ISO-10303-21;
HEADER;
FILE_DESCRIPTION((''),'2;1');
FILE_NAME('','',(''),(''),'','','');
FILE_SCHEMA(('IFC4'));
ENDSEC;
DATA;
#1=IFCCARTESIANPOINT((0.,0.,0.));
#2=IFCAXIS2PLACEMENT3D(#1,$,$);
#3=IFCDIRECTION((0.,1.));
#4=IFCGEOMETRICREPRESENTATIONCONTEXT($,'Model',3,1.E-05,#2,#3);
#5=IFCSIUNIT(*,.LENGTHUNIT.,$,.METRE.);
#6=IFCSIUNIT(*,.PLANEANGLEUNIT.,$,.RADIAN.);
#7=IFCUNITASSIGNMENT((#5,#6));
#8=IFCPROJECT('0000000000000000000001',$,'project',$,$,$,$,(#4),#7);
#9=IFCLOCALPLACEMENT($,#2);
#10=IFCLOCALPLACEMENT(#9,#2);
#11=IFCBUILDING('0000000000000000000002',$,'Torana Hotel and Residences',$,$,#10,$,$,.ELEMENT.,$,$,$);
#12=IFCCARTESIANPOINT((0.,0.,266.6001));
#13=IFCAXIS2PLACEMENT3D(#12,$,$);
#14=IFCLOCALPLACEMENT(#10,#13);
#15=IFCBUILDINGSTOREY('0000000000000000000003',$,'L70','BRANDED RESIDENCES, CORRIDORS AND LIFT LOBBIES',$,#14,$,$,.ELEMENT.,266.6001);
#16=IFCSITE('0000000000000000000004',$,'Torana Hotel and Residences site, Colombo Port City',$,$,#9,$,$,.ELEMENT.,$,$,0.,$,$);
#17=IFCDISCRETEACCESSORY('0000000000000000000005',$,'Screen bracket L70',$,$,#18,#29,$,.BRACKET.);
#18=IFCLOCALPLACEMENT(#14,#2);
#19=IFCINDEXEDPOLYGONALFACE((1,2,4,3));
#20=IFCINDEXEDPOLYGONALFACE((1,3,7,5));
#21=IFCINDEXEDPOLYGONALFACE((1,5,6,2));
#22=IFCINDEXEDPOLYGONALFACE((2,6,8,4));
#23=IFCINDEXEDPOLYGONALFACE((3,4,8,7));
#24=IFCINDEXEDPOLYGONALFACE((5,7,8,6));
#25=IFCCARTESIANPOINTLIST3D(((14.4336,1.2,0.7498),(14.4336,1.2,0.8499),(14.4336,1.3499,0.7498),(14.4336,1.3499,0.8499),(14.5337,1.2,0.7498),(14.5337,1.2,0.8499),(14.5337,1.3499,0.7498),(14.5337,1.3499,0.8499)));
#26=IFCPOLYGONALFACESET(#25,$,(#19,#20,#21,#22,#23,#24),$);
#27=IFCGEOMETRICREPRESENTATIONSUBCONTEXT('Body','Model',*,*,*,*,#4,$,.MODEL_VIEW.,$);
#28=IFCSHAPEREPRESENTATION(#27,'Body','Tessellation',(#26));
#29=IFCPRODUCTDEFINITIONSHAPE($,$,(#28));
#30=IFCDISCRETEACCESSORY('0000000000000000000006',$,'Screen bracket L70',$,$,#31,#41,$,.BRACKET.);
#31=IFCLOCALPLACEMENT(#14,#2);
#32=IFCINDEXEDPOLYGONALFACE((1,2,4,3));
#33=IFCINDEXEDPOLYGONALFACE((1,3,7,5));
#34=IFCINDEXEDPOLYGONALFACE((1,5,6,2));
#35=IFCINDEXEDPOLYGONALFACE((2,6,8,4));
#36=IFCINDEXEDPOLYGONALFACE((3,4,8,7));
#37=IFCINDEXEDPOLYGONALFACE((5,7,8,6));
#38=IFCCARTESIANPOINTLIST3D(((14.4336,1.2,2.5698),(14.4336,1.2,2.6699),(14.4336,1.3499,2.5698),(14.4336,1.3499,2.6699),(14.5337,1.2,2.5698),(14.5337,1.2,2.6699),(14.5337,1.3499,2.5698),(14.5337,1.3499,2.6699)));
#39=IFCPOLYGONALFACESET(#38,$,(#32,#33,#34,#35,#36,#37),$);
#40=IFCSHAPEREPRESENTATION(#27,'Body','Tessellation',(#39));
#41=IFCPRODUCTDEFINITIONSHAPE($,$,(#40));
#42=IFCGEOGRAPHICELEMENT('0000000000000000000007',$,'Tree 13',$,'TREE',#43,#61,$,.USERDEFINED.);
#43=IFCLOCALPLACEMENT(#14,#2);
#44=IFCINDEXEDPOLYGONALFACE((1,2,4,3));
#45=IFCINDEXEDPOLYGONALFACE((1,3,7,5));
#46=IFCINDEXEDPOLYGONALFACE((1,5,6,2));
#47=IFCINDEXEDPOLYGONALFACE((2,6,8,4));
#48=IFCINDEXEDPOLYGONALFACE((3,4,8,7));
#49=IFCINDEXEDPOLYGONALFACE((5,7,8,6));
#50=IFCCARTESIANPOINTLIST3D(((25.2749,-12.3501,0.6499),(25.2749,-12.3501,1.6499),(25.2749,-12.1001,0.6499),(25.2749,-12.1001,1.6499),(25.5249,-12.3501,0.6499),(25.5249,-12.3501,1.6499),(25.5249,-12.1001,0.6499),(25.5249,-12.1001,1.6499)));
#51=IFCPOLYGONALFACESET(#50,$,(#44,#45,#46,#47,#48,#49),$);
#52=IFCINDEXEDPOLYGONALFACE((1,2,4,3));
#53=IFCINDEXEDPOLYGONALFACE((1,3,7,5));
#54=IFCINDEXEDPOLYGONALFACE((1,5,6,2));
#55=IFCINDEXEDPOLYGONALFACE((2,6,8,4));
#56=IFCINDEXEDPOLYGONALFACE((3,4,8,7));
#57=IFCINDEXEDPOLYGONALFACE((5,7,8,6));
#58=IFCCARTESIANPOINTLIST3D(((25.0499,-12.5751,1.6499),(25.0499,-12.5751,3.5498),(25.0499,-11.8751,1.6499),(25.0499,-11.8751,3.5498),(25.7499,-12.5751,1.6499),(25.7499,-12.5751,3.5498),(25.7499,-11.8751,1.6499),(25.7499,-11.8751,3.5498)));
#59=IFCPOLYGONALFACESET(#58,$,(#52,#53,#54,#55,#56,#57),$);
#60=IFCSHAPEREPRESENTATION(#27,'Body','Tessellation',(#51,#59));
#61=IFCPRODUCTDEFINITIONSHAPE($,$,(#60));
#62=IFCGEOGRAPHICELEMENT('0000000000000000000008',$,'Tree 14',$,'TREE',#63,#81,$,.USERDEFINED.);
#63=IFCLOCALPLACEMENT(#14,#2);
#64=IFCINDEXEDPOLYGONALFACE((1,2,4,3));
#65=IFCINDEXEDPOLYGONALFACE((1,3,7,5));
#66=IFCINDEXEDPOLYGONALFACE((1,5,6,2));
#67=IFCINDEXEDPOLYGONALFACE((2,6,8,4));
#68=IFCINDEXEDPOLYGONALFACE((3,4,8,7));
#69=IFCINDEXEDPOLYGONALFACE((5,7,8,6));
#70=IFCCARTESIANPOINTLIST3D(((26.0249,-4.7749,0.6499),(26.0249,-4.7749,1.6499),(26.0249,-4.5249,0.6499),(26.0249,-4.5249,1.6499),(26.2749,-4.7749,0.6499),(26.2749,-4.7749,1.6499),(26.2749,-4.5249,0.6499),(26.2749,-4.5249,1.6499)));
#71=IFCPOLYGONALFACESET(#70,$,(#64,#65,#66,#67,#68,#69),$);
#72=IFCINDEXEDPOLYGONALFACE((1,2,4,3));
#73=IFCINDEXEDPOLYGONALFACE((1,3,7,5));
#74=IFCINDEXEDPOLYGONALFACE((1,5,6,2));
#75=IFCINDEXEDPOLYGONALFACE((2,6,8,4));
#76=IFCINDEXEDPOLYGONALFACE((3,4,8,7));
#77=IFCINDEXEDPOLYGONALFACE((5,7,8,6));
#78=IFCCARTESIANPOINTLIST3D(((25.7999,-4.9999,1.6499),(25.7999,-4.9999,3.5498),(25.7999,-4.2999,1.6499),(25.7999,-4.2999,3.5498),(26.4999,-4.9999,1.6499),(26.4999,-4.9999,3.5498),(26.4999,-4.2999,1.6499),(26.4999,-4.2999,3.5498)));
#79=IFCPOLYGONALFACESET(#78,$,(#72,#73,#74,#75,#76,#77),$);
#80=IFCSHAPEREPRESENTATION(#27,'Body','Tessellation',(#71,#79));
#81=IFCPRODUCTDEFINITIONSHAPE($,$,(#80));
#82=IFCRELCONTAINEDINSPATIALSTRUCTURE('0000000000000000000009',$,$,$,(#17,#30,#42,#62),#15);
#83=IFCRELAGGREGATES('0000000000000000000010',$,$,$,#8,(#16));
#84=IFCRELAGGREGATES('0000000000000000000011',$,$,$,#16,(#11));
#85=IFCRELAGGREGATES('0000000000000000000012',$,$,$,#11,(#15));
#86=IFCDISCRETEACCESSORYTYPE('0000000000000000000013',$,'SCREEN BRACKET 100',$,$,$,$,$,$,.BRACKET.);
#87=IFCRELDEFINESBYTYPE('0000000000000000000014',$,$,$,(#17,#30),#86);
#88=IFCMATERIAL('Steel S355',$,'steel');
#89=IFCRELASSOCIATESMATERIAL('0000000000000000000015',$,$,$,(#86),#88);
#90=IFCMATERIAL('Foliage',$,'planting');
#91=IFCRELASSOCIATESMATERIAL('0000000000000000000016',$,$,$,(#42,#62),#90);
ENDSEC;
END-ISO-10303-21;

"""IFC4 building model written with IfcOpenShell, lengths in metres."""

from ifc_helpers import new_model, si_unit, direction, frame, origin, origin_2d, place, context, subcontext, project, spatial, rectangle, extrude, material, type_object, element, save


model = new_model("IFC4")

# Units and contexts
model_context = context("Model", 3, precision=1e-05, world=origin(), true_north=direction((0.0, 1.0)))
body_context = subcontext(model_context, "Body", "Model", "MODEL_VIEW")
ifc_project = project(units=[si_unit("LENGTHUNIT", "METRE"), si_unit("PLANEANGLEUNIT", "RADIAN")], contexts=[model_context])

# Site, building, storey
site_placement = place(None, origin())
site = spatial("IfcSite", under=ifc_project, at=site_placement, Name="Torana Hotel and Residences site, Colombo Port City", CompositionType="ELEMENT", RefElevation=0.0)
building_placement = place(site_placement, origin())
building = spatial("IfcBuilding", under=site, at=building_placement, Name="Torana Hotel and Residences", CompositionType="ELEMENT")
storey_placement = place(building_placement, frame((0.0, 0.0, 266.6001)))
storey = spatial("IfcBuildingStorey", under=building, at=storey_placement, Name="L70", Description="BRANDED RESIDENCES, CORRIDORS AND LIFT LOBBIES", CompositionType="ELEMENT", Elevation=266.6001)

# Discrete accessories
ifc_material_1 = material(Name="Steel S355", Category="steel")
discrete_accessory_type = type_object("IfcDiscreteAccessoryType", Name="SCREEN BRACKET 100", PredefinedType="BRACKET", material=ifc_material_1)
for number, where, z_axis, x_axis, name in (
    (1, (14.4836, 1.2749, 0.7498), (0.0, 0.0, 1.0), (-1.0, 0.0, 0.0), "Screen bracket L70"),
    (2, (14.4836, 1.2749, 2.5698), (0.0, 0.0, 1.0), (-1.0, 0.0, 0.0), "Screen bracket L70"),
):
    element("IfcDiscreteAccessory", number, at=place(storey_placement, frame(where, z_axis=z_axis, x_axis=x_axis)), inside=storey, type_object=discrete_accessory_type, Name=name, PredefinedType="BRACKET", context=body_context, shape_type="SweptSolid", body=[
        extrude(rectangle(XDim=0.1001, YDim=0.1499, at=origin_2d()), origin(), (0.0, 0.0, 1.0), 0.1001),
    ])

# Geographic elements
ifc_material_2 = material(Name="Foliage", Category="planting")
for number, where, z_axis, x_axis, name in (
    (3, (25.3999, -12.2251, 0.6499), (0.0, 0.0, 1.0), (1.0, 0.0, 0.0), "Tree 13"),
    (4, (26.1499, -4.6499, 0.6499), (0.0, 0.0, 1.0), (1.0, 0.0, 0.0), "Tree 14"),
):
    element("IfcGeographicElement", number, at=place(storey_placement, frame(where, z_axis=z_axis, x_axis=x_axis)), inside=storey, material=ifc_material_2, Name=name, ObjectType="TREE", PredefinedType="USERDEFINED", context=body_context, shape_type="SweptSolid", body=[
        extrude(rectangle(XDim=0.25, YDim=0.25, at=origin_2d()), origin(), (0.0, 0.0, 1.0), 1.0),
        extrude(rectangle(XDim=0.7, YDim=0.7, at=origin_2d()), frame((0.0, 0.0, 1.0)), (0.0, 0.0, 1.0), 1.8999),
    ])

save(model, "model.ifc")
